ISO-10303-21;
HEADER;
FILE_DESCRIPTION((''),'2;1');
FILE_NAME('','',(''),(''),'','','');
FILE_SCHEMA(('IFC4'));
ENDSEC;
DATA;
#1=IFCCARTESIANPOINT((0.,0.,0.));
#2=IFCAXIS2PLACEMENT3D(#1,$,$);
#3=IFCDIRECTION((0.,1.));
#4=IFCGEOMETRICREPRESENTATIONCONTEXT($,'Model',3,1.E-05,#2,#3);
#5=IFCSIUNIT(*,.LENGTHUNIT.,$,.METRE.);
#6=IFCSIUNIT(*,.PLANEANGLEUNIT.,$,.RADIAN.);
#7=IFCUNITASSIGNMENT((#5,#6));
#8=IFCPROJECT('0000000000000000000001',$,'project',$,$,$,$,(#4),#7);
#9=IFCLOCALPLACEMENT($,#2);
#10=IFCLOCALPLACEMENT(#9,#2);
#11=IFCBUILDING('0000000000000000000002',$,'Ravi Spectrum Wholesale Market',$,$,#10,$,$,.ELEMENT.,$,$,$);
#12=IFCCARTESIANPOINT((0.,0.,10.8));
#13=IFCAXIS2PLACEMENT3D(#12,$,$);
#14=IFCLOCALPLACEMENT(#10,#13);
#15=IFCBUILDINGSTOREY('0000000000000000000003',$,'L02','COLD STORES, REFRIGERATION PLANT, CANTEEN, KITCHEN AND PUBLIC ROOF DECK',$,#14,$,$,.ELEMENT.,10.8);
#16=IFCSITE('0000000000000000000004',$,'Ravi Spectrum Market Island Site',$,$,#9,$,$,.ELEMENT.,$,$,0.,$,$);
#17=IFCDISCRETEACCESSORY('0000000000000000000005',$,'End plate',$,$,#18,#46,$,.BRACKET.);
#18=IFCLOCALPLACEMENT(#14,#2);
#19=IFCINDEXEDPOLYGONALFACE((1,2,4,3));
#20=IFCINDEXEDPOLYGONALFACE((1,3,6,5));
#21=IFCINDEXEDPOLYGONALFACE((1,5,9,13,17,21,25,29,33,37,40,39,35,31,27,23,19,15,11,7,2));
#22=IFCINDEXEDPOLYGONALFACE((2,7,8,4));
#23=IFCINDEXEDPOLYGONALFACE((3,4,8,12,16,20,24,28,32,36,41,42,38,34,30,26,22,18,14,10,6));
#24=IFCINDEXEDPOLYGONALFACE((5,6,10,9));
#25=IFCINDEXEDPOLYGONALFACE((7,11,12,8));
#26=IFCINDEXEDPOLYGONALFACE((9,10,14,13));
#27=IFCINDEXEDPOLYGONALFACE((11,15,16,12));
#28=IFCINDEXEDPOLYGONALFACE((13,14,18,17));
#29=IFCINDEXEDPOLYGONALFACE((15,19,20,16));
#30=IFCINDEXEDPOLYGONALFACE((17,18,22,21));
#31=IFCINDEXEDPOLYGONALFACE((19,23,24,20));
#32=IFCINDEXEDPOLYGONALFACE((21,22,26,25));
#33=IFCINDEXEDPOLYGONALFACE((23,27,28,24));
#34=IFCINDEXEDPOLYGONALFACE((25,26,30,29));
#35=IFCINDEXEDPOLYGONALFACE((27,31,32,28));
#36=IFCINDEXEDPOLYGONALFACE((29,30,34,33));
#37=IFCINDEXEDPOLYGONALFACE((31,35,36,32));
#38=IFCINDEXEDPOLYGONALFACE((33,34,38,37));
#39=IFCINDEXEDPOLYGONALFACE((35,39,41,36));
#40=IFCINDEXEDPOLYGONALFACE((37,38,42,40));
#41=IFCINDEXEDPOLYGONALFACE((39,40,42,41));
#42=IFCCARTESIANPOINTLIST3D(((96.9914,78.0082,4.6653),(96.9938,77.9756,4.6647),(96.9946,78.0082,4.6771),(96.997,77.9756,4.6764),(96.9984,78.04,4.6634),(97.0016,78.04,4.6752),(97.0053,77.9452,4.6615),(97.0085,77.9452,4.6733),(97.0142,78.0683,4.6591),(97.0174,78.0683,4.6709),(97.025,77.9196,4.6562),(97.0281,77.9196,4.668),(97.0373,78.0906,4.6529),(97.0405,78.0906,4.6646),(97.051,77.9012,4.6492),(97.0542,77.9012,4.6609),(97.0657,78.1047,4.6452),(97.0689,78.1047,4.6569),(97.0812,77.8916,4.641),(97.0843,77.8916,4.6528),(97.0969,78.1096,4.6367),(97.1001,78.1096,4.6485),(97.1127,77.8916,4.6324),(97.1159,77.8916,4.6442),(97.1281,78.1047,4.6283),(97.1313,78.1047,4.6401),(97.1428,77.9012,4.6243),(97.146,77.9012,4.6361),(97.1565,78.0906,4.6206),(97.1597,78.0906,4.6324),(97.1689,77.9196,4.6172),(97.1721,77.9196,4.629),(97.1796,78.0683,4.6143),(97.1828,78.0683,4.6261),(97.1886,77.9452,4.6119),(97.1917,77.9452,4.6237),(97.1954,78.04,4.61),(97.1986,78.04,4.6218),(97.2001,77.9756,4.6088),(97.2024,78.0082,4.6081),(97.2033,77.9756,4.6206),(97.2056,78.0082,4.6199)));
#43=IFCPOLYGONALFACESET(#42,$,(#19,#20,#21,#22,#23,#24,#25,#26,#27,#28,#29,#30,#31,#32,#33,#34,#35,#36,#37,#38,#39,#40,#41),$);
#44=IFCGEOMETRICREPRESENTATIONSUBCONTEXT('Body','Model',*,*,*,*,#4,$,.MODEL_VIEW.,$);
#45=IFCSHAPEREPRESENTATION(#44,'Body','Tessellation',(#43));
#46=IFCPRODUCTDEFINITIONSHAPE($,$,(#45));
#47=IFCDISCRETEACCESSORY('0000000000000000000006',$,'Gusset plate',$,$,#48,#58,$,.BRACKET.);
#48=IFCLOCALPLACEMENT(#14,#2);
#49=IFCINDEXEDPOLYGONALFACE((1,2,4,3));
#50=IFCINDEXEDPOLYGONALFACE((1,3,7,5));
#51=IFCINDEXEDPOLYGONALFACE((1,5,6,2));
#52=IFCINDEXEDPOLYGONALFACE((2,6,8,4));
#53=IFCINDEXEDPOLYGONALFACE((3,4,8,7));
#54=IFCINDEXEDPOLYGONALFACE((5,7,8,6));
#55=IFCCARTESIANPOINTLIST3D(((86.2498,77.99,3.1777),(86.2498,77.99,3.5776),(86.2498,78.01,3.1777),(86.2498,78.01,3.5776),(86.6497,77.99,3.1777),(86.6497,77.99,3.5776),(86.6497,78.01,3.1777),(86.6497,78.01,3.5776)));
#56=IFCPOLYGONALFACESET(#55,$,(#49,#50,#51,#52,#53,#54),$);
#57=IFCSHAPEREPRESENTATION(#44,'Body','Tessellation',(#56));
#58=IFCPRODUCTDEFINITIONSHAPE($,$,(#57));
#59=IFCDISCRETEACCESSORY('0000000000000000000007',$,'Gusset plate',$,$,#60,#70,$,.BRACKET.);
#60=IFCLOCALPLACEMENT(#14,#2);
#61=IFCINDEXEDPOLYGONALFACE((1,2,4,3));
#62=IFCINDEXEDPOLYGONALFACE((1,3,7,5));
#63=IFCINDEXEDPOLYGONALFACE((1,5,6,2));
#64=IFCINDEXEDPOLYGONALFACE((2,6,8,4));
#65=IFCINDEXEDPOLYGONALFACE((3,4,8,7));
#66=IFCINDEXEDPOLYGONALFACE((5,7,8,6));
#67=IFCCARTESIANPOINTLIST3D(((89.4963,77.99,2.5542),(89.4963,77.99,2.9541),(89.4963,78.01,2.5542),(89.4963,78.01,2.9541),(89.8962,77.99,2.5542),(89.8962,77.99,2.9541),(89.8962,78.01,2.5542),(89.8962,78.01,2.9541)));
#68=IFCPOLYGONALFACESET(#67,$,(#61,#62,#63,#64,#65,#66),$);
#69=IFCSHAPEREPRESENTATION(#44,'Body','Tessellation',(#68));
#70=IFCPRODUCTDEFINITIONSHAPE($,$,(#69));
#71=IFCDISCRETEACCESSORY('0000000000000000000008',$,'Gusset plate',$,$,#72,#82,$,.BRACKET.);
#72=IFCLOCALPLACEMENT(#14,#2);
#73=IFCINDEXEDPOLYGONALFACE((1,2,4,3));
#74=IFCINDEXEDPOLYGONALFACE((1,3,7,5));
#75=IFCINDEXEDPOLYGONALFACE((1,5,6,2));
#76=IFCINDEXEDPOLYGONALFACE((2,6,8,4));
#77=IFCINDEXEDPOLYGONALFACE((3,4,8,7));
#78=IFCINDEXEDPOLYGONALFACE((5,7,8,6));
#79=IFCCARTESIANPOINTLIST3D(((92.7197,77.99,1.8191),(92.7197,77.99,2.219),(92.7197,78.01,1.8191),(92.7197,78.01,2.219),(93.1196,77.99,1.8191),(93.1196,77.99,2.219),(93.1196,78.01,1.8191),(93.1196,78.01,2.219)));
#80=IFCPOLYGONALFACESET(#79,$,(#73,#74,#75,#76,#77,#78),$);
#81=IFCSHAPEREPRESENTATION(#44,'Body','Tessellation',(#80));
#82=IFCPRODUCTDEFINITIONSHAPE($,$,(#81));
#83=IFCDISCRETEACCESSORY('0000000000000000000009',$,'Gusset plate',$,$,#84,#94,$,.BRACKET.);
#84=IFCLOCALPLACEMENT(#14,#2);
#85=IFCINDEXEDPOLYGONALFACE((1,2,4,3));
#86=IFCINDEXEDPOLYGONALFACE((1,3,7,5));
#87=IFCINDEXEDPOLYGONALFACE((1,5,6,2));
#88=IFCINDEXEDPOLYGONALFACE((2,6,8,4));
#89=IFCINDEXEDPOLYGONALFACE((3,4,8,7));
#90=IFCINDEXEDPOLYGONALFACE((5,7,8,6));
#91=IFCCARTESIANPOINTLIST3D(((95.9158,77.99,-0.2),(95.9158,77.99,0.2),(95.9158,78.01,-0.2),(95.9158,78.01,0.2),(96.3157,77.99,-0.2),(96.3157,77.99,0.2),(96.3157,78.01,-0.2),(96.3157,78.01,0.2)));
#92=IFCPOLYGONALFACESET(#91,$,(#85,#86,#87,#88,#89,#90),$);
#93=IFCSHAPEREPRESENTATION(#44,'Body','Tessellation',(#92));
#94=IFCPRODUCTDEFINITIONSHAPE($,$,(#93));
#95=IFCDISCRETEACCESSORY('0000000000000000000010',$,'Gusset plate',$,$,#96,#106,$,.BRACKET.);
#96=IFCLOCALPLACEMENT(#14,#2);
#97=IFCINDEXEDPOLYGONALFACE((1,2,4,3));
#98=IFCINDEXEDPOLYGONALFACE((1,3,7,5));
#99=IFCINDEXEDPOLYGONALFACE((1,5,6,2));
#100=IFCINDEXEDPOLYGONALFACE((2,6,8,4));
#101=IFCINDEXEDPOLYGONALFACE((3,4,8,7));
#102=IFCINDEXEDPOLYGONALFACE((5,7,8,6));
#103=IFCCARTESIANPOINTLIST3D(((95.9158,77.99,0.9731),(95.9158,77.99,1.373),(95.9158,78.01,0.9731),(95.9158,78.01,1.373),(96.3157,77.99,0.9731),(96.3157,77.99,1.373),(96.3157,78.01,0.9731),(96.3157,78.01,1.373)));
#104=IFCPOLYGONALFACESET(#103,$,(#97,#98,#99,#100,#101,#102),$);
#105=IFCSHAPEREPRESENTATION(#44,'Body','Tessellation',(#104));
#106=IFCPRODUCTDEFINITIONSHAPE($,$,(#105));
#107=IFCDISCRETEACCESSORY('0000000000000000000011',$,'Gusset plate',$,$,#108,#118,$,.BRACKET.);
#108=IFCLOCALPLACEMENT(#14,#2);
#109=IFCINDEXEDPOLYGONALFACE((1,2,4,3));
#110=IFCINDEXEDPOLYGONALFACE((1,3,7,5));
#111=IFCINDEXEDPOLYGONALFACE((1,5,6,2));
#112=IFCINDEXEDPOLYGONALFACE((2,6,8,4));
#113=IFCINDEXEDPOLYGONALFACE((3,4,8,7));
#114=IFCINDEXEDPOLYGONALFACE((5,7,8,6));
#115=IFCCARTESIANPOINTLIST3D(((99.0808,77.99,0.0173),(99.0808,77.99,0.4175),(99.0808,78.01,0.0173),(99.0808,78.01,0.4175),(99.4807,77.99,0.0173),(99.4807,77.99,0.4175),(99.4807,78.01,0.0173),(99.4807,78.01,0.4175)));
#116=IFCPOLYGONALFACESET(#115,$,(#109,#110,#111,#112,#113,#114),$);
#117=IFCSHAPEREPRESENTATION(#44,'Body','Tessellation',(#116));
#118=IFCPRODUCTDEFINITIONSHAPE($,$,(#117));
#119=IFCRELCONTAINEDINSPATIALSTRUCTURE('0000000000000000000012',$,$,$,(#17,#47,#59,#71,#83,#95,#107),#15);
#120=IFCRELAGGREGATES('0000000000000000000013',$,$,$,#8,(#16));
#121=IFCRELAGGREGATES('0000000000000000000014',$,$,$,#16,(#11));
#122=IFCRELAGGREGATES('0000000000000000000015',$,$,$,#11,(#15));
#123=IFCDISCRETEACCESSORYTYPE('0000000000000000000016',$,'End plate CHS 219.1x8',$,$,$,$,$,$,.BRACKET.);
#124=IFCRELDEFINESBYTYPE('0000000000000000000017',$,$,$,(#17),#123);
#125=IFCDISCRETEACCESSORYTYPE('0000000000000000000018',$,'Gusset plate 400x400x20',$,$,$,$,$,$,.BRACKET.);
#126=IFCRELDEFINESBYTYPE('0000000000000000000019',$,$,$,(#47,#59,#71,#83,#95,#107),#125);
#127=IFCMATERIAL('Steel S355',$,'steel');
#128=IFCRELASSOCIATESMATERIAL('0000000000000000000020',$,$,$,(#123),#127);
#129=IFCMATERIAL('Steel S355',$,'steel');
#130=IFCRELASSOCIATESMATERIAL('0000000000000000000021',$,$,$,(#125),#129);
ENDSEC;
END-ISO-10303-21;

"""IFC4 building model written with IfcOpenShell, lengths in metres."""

from ifc_helpers import new_model, si_unit, direction, frame, origin, origin_2d, place, context, subcontext, project, spatial, rectangle, circle, extrude, material, material_profile, profile_set, type_object, element, save


model = new_model("IFC4")

# Units and contexts
model_context = context("Model", 3, precision=1e-05, world=origin(), true_north=direction((0.0, 1.0)))
body_context = subcontext(model_context, "Body", "Model", "MODEL_VIEW")
ifc_project = project(units=[si_unit("LENGTHUNIT", "METRE"), si_unit("PLANEANGLEUNIT", "RADIAN")], contexts=[model_context])

# Site, building, storey
site_placement = place(None, origin())
site = spatial("IfcSite", under=ifc_project, at=site_placement, Name="Ravi Spectrum Market Island Site", CompositionType="ELEMENT", RefElevation=0.0)
building_placement = place(site_placement, origin())
building = spatial("IfcBuilding", under=site, at=building_placement, Name="Ravi Spectrum Wholesale Market", CompositionType="ELEMENT")
storey_placement = place(building_placement, frame((0.0, 0.0, 10.8)))
storey = spatial("IfcBuildingStorey", under=building, at=storey_placement, Name="L02", Description="COLD STORES, REFRIGERATION PLANT, CANTEEN, KITCHEN AND PUBLIC ROOF DECK", CompositionType="ELEMENT", Elevation=10.8)

# Discrete accessories
ifc_material_1 = material(Name="Steel S355", Category="steel")
ifc_material_profile_1 = material_profile(ifc_material_1, circle(Radius=0.1096, at=origin_2d()))
ifc_profile_set_1 = profile_set([ifc_material_profile_1], Name="Steel S355")
discrete_accessory_type_1 = type_object("IfcDiscreteAccessoryType", Name="End plate CHS 219.1x8", PredefinedType="BRACKET", material=ifc_profile_set_1)
discrete_accessory_1_placement = place(storey_placement, frame((97.0969, 78.0, 4.6367), z_axis=(0.261415, 0.0, 0.965226), x_axis=(0.0, 1.0, 0.0)))
element("IfcDiscreteAccessory", 1, at=discrete_accessory_1_placement, inside=storey, type_object=discrete_accessory_type_1, Name="End plate", PredefinedType="BRACKET", context=body_context, shape_type="SweptSolid", body=[
    extrude(circle(Radius=0.1096, at=origin_2d()), origin(), (0.0, 0.0, 1.0), 0.0122),
])
ifc_material_2 = material(Name="Steel S355", Category="steel")
ifc_material_profile_2 = material_profile(ifc_material_2, rectangle(XDim=0.3999, YDim=0.02, at=origin_2d()))
ifc_profile_set_2 = profile_set([ifc_material_profile_2], Name="Steel S355")
discrete_accessory_type_2 = type_object("IfcDiscreteAccessoryType", Name="Gusset plate 400x400x20", PredefinedType="BRACKET", material=ifc_profile_set_2)
for number, where, z_axis, x_axis, name in (
    (2, (86.4497, 78.0, 3.1777), (0.0, 0.0, 1.0), (-1.0, 0.0, 0.0), "Gusset plate"),
    (3, (89.6963, 78.0, 2.5542), (0.0, 0.0, 1.0), (-1.0, 0.0, 0.0), "Gusset plate"),
    (4, (92.9197, 78.0, 1.8191), (0.0, 0.0, 1.0), (-1.0, 0.0, 0.0), "Gusset plate"),
    (5, (96.1157, 78.0, -0.2), (0.0, 0.0, 1.0), (1.0, 0.0, 0.0), "Gusset plate"),
    (6, (96.1157, 78.0, 0.9731), (0.0, 0.0, 1.0), (-1.0, 0.0, 0.0), "Gusset plate"),
):
    element("IfcDiscreteAccessory", number, at=place(storey_placement, frame(where, z_axis=z_axis, x_axis=x_axis)), inside=storey, type_object=discrete_accessory_type_2, Name=name, PredefinedType="BRACKET", context=body_context, shape_type="SweptSolid", body=[
        extrude(rectangle(XDim=0.3999, YDim=0.02, at=origin_2d()), origin(), (0.0, 0.0, 1.0), 0.3999),
    ])
discrete_accessory_2_placement = place(storey_placement, frame((99.2808, 78.0, 0.0173), z_axis=(0.0, 0.0, 1.0), x_axis=(-1.0, 0.0, 0.0)))
element("IfcDiscreteAccessory", 7, at=discrete_accessory_2_placement, inside=storey, type_object=discrete_accessory_type_2, Name="Gusset plate", PredefinedType="BRACKET", context=body_context, shape_type="SweptSolid", body=[
    extrude(rectangle(XDim=0.3999, YDim=0.02, at=origin_2d()), origin(), (0.0, 0.0, 1.0), 0.4001),
])

save(model, "model.ifc")
